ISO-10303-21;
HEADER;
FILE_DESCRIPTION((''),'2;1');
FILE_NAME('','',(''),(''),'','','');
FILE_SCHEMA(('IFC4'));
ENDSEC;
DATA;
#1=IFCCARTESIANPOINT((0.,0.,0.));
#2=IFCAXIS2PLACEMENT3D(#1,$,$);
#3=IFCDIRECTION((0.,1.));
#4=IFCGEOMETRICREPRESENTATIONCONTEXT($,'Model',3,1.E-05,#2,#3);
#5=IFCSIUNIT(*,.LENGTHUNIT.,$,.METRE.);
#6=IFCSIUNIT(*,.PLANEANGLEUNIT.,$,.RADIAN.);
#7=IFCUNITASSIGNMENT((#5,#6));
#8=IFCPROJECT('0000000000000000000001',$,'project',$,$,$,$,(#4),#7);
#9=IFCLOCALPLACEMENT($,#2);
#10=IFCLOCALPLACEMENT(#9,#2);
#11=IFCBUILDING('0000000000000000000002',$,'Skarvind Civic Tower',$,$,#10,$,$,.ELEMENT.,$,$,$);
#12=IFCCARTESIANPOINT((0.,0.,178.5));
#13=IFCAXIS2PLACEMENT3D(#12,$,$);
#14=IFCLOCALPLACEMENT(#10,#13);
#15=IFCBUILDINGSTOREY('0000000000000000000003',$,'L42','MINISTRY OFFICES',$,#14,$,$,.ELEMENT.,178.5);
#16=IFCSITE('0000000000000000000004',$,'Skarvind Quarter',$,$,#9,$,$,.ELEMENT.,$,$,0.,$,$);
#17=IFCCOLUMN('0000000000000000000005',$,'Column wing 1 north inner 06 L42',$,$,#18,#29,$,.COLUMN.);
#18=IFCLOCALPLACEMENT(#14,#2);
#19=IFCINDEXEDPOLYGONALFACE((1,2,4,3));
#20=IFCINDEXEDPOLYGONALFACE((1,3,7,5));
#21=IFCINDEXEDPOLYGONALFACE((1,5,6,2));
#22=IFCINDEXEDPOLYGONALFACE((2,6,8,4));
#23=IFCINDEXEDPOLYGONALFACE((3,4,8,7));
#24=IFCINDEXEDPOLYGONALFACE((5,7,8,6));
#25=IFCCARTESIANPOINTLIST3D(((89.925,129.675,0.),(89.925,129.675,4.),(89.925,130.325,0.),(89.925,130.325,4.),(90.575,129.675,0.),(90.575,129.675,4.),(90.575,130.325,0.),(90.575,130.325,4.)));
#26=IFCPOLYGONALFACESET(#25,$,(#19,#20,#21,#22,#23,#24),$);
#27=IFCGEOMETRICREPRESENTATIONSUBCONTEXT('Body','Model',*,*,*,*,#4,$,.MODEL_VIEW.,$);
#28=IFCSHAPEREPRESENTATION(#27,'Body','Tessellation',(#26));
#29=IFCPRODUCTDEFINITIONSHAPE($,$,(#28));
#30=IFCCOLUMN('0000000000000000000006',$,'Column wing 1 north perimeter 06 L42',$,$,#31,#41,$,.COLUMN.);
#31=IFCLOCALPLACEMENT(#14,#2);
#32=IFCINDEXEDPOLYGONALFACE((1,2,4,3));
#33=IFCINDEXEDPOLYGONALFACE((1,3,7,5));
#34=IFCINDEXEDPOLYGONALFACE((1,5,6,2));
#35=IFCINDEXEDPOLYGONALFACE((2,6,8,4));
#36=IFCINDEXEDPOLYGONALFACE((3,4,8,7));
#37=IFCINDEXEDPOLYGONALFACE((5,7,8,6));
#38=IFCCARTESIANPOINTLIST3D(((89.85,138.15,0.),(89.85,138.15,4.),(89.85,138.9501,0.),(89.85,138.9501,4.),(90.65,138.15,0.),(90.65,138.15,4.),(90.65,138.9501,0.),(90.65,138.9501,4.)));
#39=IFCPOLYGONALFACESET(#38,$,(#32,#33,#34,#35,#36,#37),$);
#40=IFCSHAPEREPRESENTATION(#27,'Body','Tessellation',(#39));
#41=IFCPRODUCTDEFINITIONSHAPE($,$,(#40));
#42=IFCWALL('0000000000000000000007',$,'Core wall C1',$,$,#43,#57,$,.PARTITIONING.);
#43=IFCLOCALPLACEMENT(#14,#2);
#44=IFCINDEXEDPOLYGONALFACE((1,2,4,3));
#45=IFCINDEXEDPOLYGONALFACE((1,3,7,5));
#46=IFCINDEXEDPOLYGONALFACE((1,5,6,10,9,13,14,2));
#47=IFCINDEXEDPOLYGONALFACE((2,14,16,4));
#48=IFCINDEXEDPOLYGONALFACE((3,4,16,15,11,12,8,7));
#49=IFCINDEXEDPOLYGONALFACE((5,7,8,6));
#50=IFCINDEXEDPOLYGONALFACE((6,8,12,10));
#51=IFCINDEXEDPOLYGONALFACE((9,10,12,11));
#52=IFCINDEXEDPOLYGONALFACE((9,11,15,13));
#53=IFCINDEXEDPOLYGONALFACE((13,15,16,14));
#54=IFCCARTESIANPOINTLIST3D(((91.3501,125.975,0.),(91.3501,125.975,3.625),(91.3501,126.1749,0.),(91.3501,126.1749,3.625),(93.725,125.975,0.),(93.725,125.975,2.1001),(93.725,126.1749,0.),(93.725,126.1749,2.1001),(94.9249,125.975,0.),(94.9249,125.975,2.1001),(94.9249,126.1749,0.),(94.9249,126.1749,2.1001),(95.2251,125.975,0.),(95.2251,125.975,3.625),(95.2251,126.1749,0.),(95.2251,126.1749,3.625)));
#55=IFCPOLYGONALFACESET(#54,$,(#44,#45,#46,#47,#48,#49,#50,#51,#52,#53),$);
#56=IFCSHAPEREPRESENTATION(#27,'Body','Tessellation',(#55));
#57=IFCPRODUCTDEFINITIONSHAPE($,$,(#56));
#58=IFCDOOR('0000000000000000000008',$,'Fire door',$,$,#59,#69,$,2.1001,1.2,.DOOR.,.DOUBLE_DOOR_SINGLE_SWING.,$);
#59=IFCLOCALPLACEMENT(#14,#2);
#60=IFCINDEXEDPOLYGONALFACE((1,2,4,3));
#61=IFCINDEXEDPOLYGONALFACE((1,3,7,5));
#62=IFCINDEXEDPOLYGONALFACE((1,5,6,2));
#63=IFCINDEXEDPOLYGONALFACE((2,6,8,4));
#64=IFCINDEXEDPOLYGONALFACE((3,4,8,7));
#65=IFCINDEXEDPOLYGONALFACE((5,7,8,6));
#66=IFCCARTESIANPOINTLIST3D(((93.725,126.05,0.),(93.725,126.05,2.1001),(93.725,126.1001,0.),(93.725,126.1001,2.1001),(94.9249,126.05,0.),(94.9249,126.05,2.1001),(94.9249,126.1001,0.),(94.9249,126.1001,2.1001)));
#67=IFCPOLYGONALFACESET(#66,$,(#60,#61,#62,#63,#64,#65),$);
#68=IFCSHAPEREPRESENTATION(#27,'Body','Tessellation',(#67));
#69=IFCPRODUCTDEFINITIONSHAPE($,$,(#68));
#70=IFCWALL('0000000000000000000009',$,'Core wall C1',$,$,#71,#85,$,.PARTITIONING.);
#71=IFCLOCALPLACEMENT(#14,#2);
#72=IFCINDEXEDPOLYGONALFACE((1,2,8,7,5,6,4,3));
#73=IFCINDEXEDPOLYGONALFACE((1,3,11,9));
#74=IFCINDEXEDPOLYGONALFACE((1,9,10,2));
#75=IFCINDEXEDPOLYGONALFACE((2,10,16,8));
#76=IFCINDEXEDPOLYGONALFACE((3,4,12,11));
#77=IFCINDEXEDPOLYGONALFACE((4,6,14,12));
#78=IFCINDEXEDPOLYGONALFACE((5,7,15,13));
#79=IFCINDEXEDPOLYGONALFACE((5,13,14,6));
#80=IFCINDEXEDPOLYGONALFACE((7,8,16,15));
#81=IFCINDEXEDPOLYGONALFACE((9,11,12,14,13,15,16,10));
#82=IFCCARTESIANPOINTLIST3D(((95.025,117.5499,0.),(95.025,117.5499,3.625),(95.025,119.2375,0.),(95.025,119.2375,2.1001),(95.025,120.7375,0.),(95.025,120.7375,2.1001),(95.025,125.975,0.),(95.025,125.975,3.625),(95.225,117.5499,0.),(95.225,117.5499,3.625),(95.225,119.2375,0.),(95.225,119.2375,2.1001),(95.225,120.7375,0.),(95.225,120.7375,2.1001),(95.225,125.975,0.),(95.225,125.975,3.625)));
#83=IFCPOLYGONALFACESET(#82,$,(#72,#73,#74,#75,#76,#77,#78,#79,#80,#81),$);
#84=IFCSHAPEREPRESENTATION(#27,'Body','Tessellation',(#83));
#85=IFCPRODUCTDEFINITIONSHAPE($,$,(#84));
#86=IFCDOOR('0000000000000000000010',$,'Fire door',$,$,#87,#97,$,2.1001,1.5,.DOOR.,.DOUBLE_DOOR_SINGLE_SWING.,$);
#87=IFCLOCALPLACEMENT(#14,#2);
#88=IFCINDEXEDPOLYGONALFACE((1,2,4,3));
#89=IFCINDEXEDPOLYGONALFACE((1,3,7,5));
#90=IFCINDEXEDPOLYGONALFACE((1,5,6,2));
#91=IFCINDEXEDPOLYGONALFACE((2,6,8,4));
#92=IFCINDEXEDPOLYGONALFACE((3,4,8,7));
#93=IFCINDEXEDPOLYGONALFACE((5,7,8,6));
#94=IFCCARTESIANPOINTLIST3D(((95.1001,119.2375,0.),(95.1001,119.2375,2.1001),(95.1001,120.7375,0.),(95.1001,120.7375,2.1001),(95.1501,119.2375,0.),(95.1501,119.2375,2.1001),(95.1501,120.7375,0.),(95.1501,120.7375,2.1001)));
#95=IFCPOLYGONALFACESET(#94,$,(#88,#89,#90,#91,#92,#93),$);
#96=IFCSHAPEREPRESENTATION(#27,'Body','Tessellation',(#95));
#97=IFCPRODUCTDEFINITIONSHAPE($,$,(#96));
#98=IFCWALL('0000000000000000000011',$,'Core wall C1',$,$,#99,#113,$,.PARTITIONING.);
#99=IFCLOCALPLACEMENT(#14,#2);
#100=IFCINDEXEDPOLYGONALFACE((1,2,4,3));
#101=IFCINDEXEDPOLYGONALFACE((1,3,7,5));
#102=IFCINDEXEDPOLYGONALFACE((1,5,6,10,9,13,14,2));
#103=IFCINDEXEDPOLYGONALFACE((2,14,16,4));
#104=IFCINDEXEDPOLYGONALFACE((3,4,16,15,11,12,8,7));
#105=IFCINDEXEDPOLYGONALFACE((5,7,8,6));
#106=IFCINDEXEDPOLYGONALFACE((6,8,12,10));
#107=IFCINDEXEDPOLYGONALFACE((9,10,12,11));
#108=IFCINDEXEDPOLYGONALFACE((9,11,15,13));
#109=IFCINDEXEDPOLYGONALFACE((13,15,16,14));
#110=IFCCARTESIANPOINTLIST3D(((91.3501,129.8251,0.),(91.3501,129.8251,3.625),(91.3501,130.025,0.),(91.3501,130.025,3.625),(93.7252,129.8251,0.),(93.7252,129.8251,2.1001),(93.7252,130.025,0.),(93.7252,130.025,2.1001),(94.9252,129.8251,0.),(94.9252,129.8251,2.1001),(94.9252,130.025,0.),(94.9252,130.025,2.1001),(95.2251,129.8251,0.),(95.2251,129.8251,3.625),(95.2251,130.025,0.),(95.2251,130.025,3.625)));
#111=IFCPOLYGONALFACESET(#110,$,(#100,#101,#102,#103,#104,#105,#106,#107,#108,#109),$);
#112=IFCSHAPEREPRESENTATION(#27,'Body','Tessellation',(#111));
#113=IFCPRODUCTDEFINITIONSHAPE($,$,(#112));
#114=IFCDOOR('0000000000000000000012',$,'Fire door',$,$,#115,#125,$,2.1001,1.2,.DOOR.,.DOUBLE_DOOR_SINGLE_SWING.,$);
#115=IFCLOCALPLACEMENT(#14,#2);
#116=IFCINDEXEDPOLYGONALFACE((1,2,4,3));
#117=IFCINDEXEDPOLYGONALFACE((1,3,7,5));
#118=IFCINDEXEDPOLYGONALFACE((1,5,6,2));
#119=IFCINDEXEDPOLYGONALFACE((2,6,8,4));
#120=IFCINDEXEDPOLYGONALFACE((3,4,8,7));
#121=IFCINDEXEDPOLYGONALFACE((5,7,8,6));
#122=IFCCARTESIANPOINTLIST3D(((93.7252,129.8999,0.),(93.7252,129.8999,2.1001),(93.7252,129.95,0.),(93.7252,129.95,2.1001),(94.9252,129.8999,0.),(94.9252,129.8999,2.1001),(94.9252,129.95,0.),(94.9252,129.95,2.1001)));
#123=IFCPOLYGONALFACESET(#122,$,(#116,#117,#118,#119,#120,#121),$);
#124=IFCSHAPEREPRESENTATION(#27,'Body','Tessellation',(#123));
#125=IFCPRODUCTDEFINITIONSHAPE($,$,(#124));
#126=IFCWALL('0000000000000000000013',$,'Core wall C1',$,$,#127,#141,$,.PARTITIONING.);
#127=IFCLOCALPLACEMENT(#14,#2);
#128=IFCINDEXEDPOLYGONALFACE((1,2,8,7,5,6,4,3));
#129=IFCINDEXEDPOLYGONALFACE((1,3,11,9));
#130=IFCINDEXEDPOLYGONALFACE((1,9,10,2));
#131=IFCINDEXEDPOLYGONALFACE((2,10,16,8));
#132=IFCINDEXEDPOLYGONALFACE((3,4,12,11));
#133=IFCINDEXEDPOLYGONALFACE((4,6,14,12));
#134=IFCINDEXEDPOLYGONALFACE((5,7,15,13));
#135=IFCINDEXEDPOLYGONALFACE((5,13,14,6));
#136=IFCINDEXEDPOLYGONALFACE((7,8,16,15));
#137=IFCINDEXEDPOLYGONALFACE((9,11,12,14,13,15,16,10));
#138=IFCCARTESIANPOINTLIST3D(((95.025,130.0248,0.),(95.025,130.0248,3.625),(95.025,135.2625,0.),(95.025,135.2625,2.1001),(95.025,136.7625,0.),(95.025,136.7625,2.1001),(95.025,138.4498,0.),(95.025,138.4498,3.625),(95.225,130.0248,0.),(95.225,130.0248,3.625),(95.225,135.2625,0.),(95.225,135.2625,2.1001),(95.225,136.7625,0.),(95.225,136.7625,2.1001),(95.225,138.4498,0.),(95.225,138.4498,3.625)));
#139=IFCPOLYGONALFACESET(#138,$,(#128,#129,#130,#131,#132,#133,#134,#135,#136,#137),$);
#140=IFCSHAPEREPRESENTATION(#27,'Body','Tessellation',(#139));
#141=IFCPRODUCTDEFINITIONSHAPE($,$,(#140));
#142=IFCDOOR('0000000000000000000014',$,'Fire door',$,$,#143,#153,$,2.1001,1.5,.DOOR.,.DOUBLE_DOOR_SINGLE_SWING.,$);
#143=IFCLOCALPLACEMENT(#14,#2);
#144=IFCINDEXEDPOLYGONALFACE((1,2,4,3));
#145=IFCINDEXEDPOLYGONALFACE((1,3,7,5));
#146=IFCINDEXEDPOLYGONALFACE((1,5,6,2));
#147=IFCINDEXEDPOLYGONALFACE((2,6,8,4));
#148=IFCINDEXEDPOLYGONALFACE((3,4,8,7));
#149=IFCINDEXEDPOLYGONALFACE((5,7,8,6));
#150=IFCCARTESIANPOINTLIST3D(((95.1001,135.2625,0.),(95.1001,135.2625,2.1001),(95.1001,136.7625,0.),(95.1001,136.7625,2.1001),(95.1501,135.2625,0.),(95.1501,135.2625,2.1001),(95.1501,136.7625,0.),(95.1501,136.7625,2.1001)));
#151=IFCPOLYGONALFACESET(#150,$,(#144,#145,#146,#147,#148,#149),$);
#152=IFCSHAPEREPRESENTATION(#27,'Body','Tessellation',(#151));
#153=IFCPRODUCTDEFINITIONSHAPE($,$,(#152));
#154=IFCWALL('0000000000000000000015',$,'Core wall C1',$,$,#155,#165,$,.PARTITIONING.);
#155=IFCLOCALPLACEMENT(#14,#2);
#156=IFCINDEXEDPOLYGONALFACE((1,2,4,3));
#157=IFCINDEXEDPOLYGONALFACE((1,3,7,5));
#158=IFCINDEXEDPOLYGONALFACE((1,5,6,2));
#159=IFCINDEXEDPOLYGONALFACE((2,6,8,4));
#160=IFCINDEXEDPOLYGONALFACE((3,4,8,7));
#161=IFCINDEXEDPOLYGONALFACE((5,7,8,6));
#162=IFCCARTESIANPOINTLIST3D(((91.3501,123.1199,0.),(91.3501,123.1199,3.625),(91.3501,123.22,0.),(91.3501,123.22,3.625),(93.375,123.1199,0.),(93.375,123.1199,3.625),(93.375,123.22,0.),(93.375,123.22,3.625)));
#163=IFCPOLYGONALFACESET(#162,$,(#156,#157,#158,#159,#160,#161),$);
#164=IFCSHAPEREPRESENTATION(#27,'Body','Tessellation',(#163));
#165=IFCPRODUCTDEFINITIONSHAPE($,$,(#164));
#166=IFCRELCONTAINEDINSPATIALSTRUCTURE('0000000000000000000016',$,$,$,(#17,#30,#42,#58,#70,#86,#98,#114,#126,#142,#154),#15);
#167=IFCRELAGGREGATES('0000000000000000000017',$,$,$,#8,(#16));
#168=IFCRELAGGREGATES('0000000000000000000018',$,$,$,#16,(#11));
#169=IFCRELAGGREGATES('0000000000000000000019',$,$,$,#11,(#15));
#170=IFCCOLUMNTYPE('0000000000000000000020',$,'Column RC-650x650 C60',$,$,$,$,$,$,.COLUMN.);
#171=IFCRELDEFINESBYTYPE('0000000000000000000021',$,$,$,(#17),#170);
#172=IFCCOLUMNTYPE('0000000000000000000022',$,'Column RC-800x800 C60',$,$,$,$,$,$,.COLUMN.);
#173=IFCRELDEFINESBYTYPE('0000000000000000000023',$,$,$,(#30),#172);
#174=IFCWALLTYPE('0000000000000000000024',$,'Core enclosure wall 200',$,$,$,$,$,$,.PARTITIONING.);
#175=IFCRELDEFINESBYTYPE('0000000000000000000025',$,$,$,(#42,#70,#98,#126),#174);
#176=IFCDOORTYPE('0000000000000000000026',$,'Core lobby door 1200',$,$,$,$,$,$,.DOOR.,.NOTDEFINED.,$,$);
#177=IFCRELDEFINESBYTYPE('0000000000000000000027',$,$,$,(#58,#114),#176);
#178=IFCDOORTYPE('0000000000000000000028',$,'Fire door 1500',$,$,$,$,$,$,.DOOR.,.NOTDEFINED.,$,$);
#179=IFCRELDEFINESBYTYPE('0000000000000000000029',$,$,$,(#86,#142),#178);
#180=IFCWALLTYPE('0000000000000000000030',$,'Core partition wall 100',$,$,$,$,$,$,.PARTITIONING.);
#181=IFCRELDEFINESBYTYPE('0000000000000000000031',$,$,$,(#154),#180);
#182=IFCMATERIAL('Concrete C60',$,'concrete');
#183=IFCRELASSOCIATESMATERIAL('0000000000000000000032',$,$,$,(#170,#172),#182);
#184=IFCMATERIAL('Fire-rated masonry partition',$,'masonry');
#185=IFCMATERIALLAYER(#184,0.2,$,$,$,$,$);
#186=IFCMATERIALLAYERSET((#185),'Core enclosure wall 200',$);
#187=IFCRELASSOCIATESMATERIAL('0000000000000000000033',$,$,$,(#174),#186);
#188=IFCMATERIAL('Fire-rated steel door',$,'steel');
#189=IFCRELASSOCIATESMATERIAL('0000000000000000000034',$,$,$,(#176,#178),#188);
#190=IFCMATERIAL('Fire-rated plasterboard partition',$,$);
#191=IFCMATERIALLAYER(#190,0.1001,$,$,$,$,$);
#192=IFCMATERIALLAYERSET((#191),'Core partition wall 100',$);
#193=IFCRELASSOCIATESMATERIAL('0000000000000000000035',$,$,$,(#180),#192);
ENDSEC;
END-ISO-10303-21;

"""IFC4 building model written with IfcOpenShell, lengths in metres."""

from ifc_helpers import new_model, si_unit, direction, frame, frame_2d, origin, origin_2d, place, context, subcontext, project, spatial, rectangle, extrude, material, layer, layer_set, material_profile, profile_set, type_object, element, fill, save


model = new_model("IFC4")

# Units and contexts
model_context = context("Model", 3, precision=1e-05, world=origin(), true_north=direction((0.0, 1.0)))
body_context = subcontext(model_context, "Body", "Model", "MODEL_VIEW")
ifc_project = project(units=[si_unit("LENGTHUNIT", "METRE"), si_unit("PLANEANGLEUNIT", "RADIAN")], contexts=[model_context])

# Site, building, storey
site_placement = place(None, origin())
site = spatial("IfcSite", under=ifc_project, at=site_placement, Name="Skarvind Quarter", CompositionType="ELEMENT", RefElevation=0.0)
building_placement = place(site_placement, origin())
building = spatial("IfcBuilding", under=site, at=building_placement, Name="Skarvind Civic Tower", CompositionType="ELEMENT")
storey_placement = place(building_placement, frame((0.0, 0.0, 178.5)))
storey = spatial("IfcBuildingStorey", under=building, at=storey_placement, Name="L42", Description="MINISTRY OFFICES", CompositionType="ELEMENT", Elevation=178.5)

# Columns
ifc_material_1 = material(Name="Concrete C60", Category="concrete")
ifc_material_profile_1 = material_profile(ifc_material_1, rectangle(XDim=0.6499, YDim=0.6499, at=origin_2d()), Name="RC-650x650")
ifc_profile_set_1 = profile_set([ifc_material_profile_1], Name="Concrete C60")
column_type_1 = type_object("IfcColumnType", Name="Column RC-650x650 C60", PredefinedType="COLUMN", material=ifc_profile_set_1)
column_1_placement = place(storey_placement, frame((90.25, 130.0, 0.0), z_axis=(0.0, 0.0, 1.0), x_axis=(1.0, 0.0, 0.0)))
element("IfcColumn", 1, at=column_1_placement, inside=storey, type_object=column_type_1, Name="Column wing 1 north inner 06 L42", PredefinedType="COLUMN", context=body_context, shape_type="SweptSolid", body=[
    extrude(rectangle(XDim=0.6499, YDim=0.6499, at=origin_2d()), origin(), (0.0, 0.0, 1.0), 4.0),
])
ifc_material_profile_2 = material_profile(ifc_material_1, rectangle(XDim=0.8, YDim=0.8, at=origin_2d()), Name="RC-800x800")
ifc_profile_set_2 = profile_set([ifc_material_profile_2], Name="Concrete C60")
column_type_2 = type_object("IfcColumnType", Name="Column RC-800x800 C60", PredefinedType="COLUMN", material=ifc_profile_set_2)
column_2_placement = place(storey_placement, frame((90.25, 138.55, 0.0), z_axis=(0.0, 0.0, 1.0), x_axis=(1.0, 0.0, 0.0)))
element("IfcColumn", 2, at=column_2_placement, inside=storey, type_object=column_type_2, Name="Column wing 1 north perimeter 06 L42", PredefinedType="COLUMN", context=body_context, shape_type="SweptSolid", body=[
    extrude(rectangle(XDim=0.8, YDim=0.8, at=origin_2d()), origin(), (0.0, 0.0, 1.0), 4.0),
])

# Walls, openings, doors
ifc_material_2 = material(Name="Fire-rated masonry partition", Category="masonry")
ifc_layer_1 = layer(ifc_material_2, 0.2)
ifc_layer_set_1 = layer_set([ifc_layer_1], Name="Core enclosure wall 200")
wall_type_1 = type_object("IfcWallType", Name="Core enclosure wall 200", PredefinedType="PARTITIONING", material=ifc_layer_set_1)
wall_1_placement = place(storey_placement, frame((95.2251, 126.075, 0.0), z_axis=(0.0, 0.0, 1.0), x_axis=(-1.0, 0.0, 0.0)))
wall_1 = element("IfcWall", 3, at=wall_1_placement, inside=storey, type_object=wall_type_1, Name="Core wall C1", PredefinedType="PARTITIONING", context=body_context, shape_type="SweptSolid", body=[
    extrude(rectangle(XDim=3.875, YDim=0.2, at=frame_2d((1.9375, 0.0))), origin(), (0.0, 0.0, 1.0), 3.625),
])
opening_1_placement = place(wall_1_placement, frame((0.3, 0.0, 0.0)))
opening_1 = element("IfcOpeningElement", 4, at=opening_1_placement, cuts=wall_1, PredefinedType="OPENING", context=body_context, shape_type="SweptSolid", body=[
    extrude(rectangle(XDim=1.2, YDim=2.1001, at=frame_2d((0.6001, 1.05))), frame((0.0, 0.1099, 0.0), z_axis=(0.0, -1.0, 0.0), x_axis=(1.0, 0.0, 0.0)), (0.0, 0.0, 1.0), 0.22),
])
ifc_material_3 = material(Name="Fire-rated steel door", Category="steel")
door_type_1 = type_object("IfcDoorType", Name="Core lobby door 1200", OperationType="NOTDEFINED", PredefinedType="DOOR", material=ifc_material_3)
door_1_placement = place(opening_1_placement, origin())
door_1 = element("IfcDoor", 5, at=door_1_placement, inside=storey, type_object=door_type_1, Name="Fire door", OperationType="DOUBLE_DOOR_SINGLE_SWING", OverallHeight=2.1001, OverallWidth=1.2, PredefinedType="DOOR", context=body_context, shape_type="SweptSolid", body=[
    extrude(rectangle(XDim=1.2, YDim=2.1001, at=frame_2d((0.6001, 1.05))), frame((0.0, 0.0249, 0.0), z_axis=(0.0, -1.0, 0.0), x_axis=(1.0, 0.0, 0.0)), (0.0, 0.0, 1.0), 0.05),
])
fill(opening_1, door_1)
wall_2_placement = place(storey_placement, frame((95.125, 117.55, 0.0), z_axis=(0.0, 0.0, 1.0), x_axis=(0.0, 1.0, 0.0)))
wall_2 = element("IfcWall", 6, at=wall_2_placement, inside=storey, type_object=wall_type_1, Name="Core wall C1", PredefinedType="PARTITIONING", context=body_context, shape_type="SweptSolid", body=[
    extrude(rectangle(XDim=8.425, YDim=0.2, at=frame_2d((4.2124, 0.0))), origin(), (0.0, 0.0, 1.0), 3.625),
])
opening_2_placement = place(wall_2_placement, frame((1.6875, 0.0, 0.0)))
opening_2 = element("IfcOpeningElement", 7, at=opening_2_placement, cuts=wall_2, PredefinedType="OPENING", context=body_context, shape_type="SweptSolid", body=[
    extrude(rectangle(XDim=1.5, YDim=2.1001, at=frame_2d((0.75, 1.05))), frame((0.0, 0.1099, 0.0), z_axis=(0.0, -1.0, 0.0), x_axis=(1.0, 0.0, 0.0)), (0.0, 0.0, 1.0), 0.22),
])
door_type_2 = type_object("IfcDoorType", Name="Fire door 1500", OperationType="NOTDEFINED", PredefinedType="DOOR", material=ifc_material_3)
door_2_placement = place(opening_2_placement, origin())
door_2 = element("IfcDoor", 8, at=door_2_placement, inside=storey, type_object=door_type_2, Name="Fire door", OperationType="DOUBLE_DOOR_SINGLE_SWING", OverallHeight=2.1001, OverallWidth=1.5, PredefinedType="DOOR", context=body_context, shape_type="SweptSolid", body=[
    extrude(rectangle(XDim=1.5, YDim=2.1001, at=frame_2d((0.75, 1.05))), frame((0.0, 0.0249, 0.0), z_axis=(0.0, -1.0, 0.0), x_axis=(1.0, 0.0, 0.0)), (0.0, 0.0, 1.0), 0.05),
])
fill(opening_2, door_2)
wall_3_placement = place(storey_placement, frame((91.3501, 129.925, 0.0), z_axis=(0.0, 0.0, 1.0), x_axis=(1.0, 0.0, 0.0)))
wall_3 = element("IfcWall", 9, at=wall_3_placement, inside=storey, type_object=wall_type_1, Name="Core wall C1", PredefinedType="PARTITIONING", context=body_context, shape_type="SweptSolid", body=[
    extrude(rectangle(XDim=3.875, YDim=0.2, at=frame_2d((1.9375, 0.0))), origin(), (0.0, 0.0, 1.0), 3.625),
])
opening_3_placement = place(wall_3_placement, frame((2.375, 0.0, 0.0)))
opening_3 = element("IfcOpeningElement", 10, at=opening_3_placement, cuts=wall_3, PredefinedType="OPENING", context=body_context, shape_type="SweptSolid", body=[
    extrude(rectangle(XDim=1.2, YDim=2.1001, at=frame_2d((0.6001, 1.05))), frame((0.0, 0.1099, 0.0), z_axis=(0.0, -1.0, 0.0), x_axis=(1.0, 0.0, 0.0)), (0.0, 0.0, 1.0), 0.22),
])
door_3_placement = place(opening_3_placement, origin())
door_3 = element("IfcDoor", 11, at=door_3_placement, inside=storey, type_object=door_type_1, Name="Fire door", OperationType="DOUBLE_DOOR_SINGLE_SWING", OverallHeight=2.1001, OverallWidth=1.2, PredefinedType="DOOR", context=body_context, shape_type="SweptSolid", body=[
    extrude(rectangle(XDim=1.2, YDim=2.1001, at=frame_2d((0.6001, 1.05))), frame((0.0, 0.0249, 0.0), z_axis=(0.0, -1.0, 0.0), x_axis=(1.0, 0.0, 0.0)), (0.0, 0.0, 1.0), 0.05),
])
fill(opening_3, door_3)
wall_4_placement = place(storey_placement, frame((95.125, 130.0249, 0.0), z_axis=(0.0, 0.0, 1.0), x_axis=(0.0, 1.0, 0.0)))
wall_4 = element("IfcWall", 12, at=wall_4_placement, inside=storey, type_object=wall_type_1, Name="Core wall C1", PredefinedType="PARTITIONING", context=body_context, shape_type="SweptSolid", body=[
    extrude(rectangle(XDim=8.425, YDim=0.2, at=frame_2d((4.2124, 0.0))), origin(), (0.0, 0.0, 1.0), 3.625),
])
opening_4_placement = place(wall_4_placement, frame((5.2375, 0.0, 0.0)))
opening_4 = element("IfcOpeningElement", 13, at=opening_4_placement, cuts=wall_4, PredefinedType="OPENING", context=body_context, shape_type="SweptSolid", body=[
    extrude(rectangle(XDim=1.5, YDim=2.1001, at=frame_2d((0.75, 1.05))), frame((0.0, 0.1099, 0.0), z_axis=(0.0, -1.0, 0.0), x_axis=(1.0, 0.0, 0.0)), (0.0, 0.0, 1.0), 0.22),
])
door_4_placement = place(opening_4_placement, origin())
door_4 = element("IfcDoor", 14, at=door_4_placement, inside=storey, type_object=door_type_2, Name="Fire door", OperationType="DOUBLE_DOOR_SINGLE_SWING", OverallHeight=2.1001, OverallWidth=1.5, PredefinedType="DOOR", context=body_context, shape_type="SweptSolid", body=[
    extrude(rectangle(XDim=1.5, YDim=2.1001, at=frame_2d((0.75, 1.05))), frame((0.0, 0.0249, 0.0), z_axis=(0.0, -1.0, 0.0), x_axis=(1.0, 0.0, 0.0)), (0.0, 0.0, 1.0), 0.05),
])
fill(opening_4, door_4)

# Wall
ifc_material_4 = material(Name="Fire-rated plasterboard partition")
ifc_layer_2 = layer(ifc_material_4, 0.1001)
ifc_layer_set_2 = layer_set([ifc_layer_2], Name="Core partition wall 100")
wall_type_2 = type_object("IfcWallType", Name="Core partition wall 100", PredefinedType="PARTITIONING", material=ifc_layer_set_2)
for number, where, z_axis, x_axis, name in (
    (15, (93.375, 123.1699, 0.0), (0.0, 0.0, 1.0), (-1.0, 0.0, 0.0), "Core wall C1"),
):
    element("IfcWall", number, at=place(storey_placement, frame(where, z_axis=z_axis, x_axis=x_axis)), inside=storey, type_object=wall_type_2, Name=name, PredefinedType="PARTITIONING", context=body_context, shape_type="SweptSolid", body=[
        extrude(rectangle(XDim=2.0249, YDim=0.1001, at=frame_2d((1.0125, 0.0))), origin(), (0.0, 0.0, 1.0), 3.625),
    ])

save(model, "model.ifc")
